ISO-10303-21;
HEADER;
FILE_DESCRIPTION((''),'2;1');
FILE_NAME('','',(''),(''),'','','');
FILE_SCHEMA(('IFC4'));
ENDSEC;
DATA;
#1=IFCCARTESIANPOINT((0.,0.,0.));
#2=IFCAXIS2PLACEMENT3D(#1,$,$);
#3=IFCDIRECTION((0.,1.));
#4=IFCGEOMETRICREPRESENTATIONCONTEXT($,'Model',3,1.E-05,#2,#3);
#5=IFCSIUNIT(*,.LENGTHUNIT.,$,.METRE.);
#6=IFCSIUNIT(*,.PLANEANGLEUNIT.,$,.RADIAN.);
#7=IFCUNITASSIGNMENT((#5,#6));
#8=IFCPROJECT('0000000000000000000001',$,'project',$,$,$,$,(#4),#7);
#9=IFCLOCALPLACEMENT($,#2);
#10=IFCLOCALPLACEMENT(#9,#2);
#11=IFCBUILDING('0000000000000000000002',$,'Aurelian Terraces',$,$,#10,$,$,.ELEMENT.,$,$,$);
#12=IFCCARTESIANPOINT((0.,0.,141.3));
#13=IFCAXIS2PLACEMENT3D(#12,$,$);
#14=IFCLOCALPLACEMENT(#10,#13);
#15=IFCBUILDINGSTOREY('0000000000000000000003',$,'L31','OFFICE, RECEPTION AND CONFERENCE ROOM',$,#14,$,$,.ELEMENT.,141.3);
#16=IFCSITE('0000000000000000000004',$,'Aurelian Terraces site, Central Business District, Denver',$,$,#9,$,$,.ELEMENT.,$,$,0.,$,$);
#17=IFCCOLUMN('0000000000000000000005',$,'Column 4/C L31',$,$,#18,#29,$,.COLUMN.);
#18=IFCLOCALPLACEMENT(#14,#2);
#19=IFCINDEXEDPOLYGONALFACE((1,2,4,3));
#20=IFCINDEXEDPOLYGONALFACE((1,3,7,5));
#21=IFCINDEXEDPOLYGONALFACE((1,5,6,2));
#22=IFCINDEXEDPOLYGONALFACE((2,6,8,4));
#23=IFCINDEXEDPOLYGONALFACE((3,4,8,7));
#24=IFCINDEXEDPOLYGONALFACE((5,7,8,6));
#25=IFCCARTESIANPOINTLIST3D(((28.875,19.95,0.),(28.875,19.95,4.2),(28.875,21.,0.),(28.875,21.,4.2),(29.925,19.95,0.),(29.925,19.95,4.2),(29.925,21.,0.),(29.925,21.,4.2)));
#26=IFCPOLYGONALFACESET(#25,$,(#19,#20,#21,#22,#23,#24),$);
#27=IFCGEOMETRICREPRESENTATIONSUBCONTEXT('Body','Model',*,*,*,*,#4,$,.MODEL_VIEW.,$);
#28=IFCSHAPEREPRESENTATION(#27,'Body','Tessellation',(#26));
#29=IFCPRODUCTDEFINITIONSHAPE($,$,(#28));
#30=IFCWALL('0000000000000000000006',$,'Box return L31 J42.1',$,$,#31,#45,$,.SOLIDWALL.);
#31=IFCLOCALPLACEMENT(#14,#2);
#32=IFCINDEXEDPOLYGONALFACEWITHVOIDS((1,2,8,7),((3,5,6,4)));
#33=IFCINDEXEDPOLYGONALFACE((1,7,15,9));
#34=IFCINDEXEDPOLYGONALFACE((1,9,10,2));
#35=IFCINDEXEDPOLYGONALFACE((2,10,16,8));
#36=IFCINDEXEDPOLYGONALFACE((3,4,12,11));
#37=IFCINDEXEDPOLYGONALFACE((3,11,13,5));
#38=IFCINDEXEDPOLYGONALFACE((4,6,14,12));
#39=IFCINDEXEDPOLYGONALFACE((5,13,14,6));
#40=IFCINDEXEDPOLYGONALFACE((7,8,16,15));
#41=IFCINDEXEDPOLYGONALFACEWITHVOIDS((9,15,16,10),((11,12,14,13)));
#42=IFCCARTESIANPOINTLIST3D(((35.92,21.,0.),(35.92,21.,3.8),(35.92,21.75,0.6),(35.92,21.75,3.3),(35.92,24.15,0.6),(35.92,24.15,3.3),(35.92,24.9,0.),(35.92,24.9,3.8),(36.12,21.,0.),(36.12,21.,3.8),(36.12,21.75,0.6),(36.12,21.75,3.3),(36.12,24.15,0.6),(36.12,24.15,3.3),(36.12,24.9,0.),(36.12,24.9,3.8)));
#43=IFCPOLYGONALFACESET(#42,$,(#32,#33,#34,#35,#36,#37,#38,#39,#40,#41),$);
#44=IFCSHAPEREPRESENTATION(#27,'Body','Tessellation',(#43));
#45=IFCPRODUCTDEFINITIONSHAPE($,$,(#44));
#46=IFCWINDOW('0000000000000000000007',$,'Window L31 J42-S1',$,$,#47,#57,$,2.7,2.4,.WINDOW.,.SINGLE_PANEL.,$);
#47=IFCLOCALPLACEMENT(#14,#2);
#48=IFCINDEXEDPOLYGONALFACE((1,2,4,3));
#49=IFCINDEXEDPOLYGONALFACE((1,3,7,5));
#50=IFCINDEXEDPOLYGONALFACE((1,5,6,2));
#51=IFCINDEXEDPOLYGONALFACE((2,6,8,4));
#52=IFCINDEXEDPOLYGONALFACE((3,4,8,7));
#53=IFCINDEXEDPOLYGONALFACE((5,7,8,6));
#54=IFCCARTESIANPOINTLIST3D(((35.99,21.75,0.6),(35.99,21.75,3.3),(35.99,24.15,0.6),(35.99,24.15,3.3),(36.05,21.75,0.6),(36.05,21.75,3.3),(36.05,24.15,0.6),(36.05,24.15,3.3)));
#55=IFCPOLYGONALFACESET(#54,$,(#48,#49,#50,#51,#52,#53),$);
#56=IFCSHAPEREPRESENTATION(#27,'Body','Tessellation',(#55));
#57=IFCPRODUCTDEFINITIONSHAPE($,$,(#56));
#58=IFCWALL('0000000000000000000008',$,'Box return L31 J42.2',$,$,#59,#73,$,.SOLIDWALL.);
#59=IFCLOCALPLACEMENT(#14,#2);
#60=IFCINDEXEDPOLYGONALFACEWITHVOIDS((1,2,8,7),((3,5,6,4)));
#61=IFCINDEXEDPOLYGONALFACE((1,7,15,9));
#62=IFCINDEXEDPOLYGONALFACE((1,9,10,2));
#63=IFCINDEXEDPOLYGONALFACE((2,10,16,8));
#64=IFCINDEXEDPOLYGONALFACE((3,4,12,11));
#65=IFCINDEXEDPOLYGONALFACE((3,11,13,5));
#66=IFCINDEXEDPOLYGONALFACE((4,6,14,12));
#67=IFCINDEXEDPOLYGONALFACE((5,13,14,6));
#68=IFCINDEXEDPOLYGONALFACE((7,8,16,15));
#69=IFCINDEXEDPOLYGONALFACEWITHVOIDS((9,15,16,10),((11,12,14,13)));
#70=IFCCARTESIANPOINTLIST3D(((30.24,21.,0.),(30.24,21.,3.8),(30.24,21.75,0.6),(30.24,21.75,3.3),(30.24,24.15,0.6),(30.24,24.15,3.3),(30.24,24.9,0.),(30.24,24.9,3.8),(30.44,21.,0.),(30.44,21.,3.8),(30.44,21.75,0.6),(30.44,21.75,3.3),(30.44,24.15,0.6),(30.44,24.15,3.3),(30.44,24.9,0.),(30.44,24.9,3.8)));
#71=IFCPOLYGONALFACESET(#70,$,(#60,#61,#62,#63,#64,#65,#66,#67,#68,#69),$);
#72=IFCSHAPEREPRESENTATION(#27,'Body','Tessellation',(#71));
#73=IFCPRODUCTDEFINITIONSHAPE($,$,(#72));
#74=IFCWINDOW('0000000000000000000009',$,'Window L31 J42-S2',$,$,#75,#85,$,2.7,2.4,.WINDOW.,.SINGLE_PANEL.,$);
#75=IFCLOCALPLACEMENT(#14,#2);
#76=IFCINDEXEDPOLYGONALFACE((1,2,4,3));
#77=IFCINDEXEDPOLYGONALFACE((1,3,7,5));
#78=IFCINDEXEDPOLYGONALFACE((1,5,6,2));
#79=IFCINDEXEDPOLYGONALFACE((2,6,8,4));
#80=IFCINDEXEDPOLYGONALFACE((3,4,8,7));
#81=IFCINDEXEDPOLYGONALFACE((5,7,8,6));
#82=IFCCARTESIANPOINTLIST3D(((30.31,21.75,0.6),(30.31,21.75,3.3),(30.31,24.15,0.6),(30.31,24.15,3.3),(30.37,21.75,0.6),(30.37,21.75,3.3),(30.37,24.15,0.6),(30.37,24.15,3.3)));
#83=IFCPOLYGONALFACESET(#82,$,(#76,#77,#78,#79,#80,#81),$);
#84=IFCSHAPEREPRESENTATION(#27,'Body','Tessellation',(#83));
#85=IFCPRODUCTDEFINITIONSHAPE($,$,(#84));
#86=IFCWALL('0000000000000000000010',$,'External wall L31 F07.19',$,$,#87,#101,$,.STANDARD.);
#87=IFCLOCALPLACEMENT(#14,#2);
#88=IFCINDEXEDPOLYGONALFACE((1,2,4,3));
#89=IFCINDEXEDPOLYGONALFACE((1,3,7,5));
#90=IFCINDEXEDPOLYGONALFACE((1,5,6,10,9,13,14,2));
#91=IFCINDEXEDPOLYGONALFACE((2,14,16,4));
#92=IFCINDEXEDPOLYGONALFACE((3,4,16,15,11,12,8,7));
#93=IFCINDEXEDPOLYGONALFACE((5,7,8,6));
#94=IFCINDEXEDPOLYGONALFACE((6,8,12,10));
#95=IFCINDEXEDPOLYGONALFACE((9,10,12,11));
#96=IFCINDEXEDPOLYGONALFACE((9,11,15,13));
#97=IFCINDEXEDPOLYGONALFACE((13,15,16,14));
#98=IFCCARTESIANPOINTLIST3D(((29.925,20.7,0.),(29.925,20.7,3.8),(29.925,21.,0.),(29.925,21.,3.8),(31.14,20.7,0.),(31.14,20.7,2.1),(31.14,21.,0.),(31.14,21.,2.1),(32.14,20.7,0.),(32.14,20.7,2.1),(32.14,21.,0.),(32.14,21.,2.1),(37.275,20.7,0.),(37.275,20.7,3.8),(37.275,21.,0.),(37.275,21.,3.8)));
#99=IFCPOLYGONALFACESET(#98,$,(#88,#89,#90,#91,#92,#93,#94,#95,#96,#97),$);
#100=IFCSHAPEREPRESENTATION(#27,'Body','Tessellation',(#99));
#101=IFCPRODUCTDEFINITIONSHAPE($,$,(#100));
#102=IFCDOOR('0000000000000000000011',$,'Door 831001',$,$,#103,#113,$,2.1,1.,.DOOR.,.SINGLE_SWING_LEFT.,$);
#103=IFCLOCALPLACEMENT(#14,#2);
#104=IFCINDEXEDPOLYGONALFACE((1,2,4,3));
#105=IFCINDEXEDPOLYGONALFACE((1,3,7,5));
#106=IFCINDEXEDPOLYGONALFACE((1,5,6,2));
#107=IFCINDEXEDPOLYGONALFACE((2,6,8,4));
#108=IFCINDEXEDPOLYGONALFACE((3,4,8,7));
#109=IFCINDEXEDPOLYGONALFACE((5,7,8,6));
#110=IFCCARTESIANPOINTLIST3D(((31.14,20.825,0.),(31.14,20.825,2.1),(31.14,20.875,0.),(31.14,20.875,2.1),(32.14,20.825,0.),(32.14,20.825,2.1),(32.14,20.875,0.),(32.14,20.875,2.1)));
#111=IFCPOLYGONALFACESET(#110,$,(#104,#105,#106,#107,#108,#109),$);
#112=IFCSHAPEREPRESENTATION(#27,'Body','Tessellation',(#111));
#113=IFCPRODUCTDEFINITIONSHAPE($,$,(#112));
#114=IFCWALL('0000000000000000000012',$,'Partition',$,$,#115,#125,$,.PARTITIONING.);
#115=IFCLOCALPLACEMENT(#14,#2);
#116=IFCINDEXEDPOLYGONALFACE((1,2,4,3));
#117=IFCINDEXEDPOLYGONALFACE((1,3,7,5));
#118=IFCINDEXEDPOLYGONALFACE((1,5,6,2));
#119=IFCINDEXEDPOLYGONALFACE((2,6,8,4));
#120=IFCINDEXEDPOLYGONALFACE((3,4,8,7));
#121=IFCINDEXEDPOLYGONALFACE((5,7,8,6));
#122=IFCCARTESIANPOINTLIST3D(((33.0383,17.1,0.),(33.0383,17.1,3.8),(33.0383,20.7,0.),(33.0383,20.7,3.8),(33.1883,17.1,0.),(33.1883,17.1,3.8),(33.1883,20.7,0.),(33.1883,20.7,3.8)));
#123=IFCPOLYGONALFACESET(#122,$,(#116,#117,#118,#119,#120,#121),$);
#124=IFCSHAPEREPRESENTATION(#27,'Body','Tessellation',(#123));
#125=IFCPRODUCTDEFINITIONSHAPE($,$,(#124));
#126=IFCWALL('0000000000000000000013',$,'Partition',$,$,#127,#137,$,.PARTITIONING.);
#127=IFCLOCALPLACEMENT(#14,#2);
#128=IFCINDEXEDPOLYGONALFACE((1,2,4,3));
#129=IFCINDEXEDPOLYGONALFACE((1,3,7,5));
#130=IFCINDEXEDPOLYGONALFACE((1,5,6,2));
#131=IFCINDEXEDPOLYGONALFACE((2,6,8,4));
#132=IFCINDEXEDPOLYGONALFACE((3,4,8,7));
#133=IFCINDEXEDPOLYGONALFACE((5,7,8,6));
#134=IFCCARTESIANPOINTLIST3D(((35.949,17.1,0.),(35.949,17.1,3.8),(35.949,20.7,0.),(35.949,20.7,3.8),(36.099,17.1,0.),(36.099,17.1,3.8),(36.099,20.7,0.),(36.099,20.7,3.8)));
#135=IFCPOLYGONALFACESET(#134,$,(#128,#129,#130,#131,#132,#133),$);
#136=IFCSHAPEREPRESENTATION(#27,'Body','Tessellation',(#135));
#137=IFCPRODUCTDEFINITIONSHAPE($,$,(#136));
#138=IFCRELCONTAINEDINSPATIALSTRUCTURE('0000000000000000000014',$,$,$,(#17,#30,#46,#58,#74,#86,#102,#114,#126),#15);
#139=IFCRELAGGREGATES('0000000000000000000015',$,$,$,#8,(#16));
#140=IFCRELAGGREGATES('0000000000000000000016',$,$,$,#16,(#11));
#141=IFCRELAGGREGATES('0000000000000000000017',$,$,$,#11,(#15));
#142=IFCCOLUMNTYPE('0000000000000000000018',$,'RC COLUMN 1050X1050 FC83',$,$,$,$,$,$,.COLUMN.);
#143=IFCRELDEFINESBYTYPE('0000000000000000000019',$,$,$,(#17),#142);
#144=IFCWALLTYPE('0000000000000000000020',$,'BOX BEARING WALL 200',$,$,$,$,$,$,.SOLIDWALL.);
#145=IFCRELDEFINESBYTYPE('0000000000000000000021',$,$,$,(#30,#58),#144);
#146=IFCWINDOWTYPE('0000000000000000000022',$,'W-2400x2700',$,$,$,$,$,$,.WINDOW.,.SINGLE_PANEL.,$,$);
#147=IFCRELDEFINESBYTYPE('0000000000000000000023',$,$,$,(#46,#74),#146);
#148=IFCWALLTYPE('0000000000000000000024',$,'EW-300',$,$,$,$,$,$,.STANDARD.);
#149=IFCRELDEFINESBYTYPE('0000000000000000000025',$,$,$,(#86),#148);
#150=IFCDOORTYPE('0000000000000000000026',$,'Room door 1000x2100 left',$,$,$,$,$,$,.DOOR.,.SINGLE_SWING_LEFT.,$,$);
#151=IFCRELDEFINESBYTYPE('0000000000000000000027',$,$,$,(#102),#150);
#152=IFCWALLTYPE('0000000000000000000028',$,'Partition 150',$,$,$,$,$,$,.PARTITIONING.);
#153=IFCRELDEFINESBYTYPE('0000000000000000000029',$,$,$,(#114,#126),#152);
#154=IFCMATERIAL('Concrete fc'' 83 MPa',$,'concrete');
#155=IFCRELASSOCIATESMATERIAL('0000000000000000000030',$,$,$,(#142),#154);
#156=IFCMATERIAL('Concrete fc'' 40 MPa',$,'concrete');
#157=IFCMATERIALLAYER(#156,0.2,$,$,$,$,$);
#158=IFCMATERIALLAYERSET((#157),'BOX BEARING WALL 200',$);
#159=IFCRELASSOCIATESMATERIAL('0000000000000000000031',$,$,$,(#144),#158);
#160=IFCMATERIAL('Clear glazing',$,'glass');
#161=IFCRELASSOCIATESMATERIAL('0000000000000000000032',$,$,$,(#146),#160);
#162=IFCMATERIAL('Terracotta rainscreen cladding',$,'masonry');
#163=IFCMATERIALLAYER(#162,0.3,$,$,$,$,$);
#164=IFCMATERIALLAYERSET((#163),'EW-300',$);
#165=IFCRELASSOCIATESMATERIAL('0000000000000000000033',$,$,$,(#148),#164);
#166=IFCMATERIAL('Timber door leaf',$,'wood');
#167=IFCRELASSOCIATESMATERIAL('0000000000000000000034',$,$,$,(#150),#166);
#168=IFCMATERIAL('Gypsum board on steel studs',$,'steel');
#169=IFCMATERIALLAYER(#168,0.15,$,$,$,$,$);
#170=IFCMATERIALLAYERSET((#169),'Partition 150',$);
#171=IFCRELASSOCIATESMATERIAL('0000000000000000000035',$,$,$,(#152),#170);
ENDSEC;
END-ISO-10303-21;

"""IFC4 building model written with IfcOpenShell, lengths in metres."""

from ifc_helpers import new_model, si_unit, direction, frame, frame_2d, origin, origin_2d, place, context, subcontext, project, spatial, rectangle, extrude, source, transform, mapped, material, layer, layer_set, material_profile, profile_set, type_object, element, fill, save


model = new_model("IFC4")

# Units and contexts
model_context = context("Model", 3, precision=1e-05, world=origin(), true_north=direction((0.0, 1.0)))
body_context = subcontext(model_context, "Body", "Model", "MODEL_VIEW")
ifc_project = project(units=[si_unit("LENGTHUNIT", "METRE"), si_unit("PLANEANGLEUNIT", "RADIAN")], contexts=[model_context])

# Site, building, storey
site_placement = place(None, origin())
site = spatial("IfcSite", under=ifc_project, at=site_placement, Name="Aurelian Terraces site, Central Business District, Denver", CompositionType="ELEMENT", RefElevation=0.0)
building_placement = place(site_placement, origin())
building = spatial("IfcBuilding", under=site, at=building_placement, Name="Aurelian Terraces", CompositionType="ELEMENT")
storey_placement = place(building_placement, frame((0.0, 0.0, 141.3)))
storey = spatial("IfcBuildingStorey", under=building, at=storey_placement, Name="L31", Description="OFFICE, RECEPTION AND CONFERENCE ROOM", CompositionType="ELEMENT", Elevation=141.3)

# Column
ifc_material_1 = material(Name="Concrete fc' 83 MPa", Category="concrete")
ifc_material_profile = material_profile(ifc_material_1, rectangle(XDim=1.05, YDim=1.05, at=origin_2d()))
ifc_profile_set = profile_set([ifc_material_profile], Name="Concrete fc' 83 MPa")
column_type = type_object("IfcColumnType", Name="RC COLUMN 1050X1050 FC83", PredefinedType="COLUMN", material=ifc_profile_set)
shared_shape_1 = source(origin(), body_context, "Body", "SweptSolid", [
    extrude(rectangle(XDim=1.05, YDim=1.05, at=origin_2d()), origin(), (0.0, 0.0, 1.0), 4.2),
])
column_placement = place(storey_placement, frame((29.4, 20.475, 0.0), z_axis=(0.0, 0.0, 1.0), x_axis=(1.0, 0.0, 0.0)))
element("IfcColumn", 1, at=column_placement, inside=storey, type_object=column_type, Name="Column 4/C L31", PredefinedType="COLUMN", context=body_context, shape_type="MappedRepresentation", body=[
    mapped(shared_shape_1, transform((0.0, 0.0, 0.0), scale=1.0)),
])

# Walls, openings, windows
ifc_material_2 = material(Name="Concrete fc' 40 MPa", Category="concrete")
ifc_layer_1 = layer(ifc_material_2, 0.2)
ifc_layer_set_1 = layer_set([ifc_layer_1], Name="BOX BEARING WALL 200")
wall_type_1 = type_object("IfcWallType", Name="BOX BEARING WALL 200", PredefinedType="SOLIDWALL", material=ifc_layer_set_1)
shared_shape_2 = source(origin(), body_context, "Body", "SweptSolid", [
    extrude(rectangle(XDim=3.9, YDim=0.2, at=frame_2d((1.95, 0.0))), origin(), (0.0, 0.0, 1.0), 3.8),
])
wall_1_placement = place(storey_placement, frame((36.02, 21.0, 0.0), z_axis=(0.0, 0.0, 1.0), x_axis=(0.0, 1.0, 0.0)))
wall_1 = element("IfcWall", 2, at=wall_1_placement, inside=storey, type_object=wall_type_1, Name="Box return L31 J42.1", PredefinedType="SOLIDWALL", context=body_context, shape_type="MappedRepresentation", body=[
    mapped(shared_shape_2, transform((0.0, 0.0, 0.0), scale=1.0)),
])
shared_shape_3 = source(origin(), body_context, "Body", "SweptSolid", [
    extrude(rectangle(XDim=2.4, YDim=2.7, at=frame_2d((1.2, 1.35))), frame((0.0, 0.11, 0.0), z_axis=(0.0, -1.0, 0.0), x_axis=(1.0, 0.0, 0.0)), (0.0, 0.0, 1.0), 0.22),
])
opening_1_placement = place(wall_1_placement, frame((0.75, 0.0, 0.6)))
opening_1 = element("IfcOpeningElement", 3, at=opening_1_placement, cuts=wall_1, PredefinedType="OPENING", context=body_context, shape_type="MappedRepresentation", body=[
    mapped(shared_shape_3, transform((0.0, 0.0, 0.0), scale=1.0)),
])
ifc_material_3 = material(Name="Clear glazing", Category="glass")
window_type = type_object("IfcWindowType", Name="W-2400x2700", PartitioningType="SINGLE_PANEL", PredefinedType="WINDOW", material=ifc_material_3)
shared_shape_4 = source(origin(), body_context, "Body", "SweptSolid", [
    extrude(rectangle(XDim=2.4, YDim=2.7, at=frame_2d((1.2, 1.35))), frame((0.0, 0.03, 0.0), z_axis=(0.0, -1.0, 0.0), x_axis=(1.0, 0.0, 0.0)), (0.0, 0.0, 1.0), 0.06),
])
window_1_placement = place(opening_1_placement, origin())
window_1 = element("IfcWindow", 4, at=window_1_placement, inside=storey, type_object=window_type, Name="Window L31 J42-S1", OverallHeight=2.7, OverallWidth=2.4, PartitioningType="SINGLE_PANEL", PredefinedType="WINDOW", context=body_context, shape_type="MappedRepresentation", body=[
    mapped(shared_shape_4, transform((0.0, 0.0, 0.0), scale=1.0)),
])
fill(opening_1, window_1)
wall_2_placement = place(storey_placement, frame((30.34, 21.0, 0.0), z_axis=(0.0, 0.0, 1.0), x_axis=(0.0, 1.0, 0.0)))
wall_2 = element("IfcWall", 5, at=wall_2_placement, inside=storey, type_object=wall_type_1, Name="Box return L31 J42.2", PredefinedType="SOLIDWALL", context=body_context, shape_type="MappedRepresentation", body=[
    mapped(shared_shape_2, transform((0.0, 0.0, 0.0), scale=1.0)),
])
opening_2_placement = place(wall_2_placement, frame((0.75, 0.0, 0.6)))
opening_2 = element("IfcOpeningElement", 6, at=opening_2_placement, cuts=wall_2, PredefinedType="OPENING", context=body_context, shape_type="MappedRepresentation", body=[
    mapped(shared_shape_3, transform((0.0, 0.0, 0.0), scale=1.0)),
])
window_2_placement = place(opening_2_placement, origin())
window_2 = element("IfcWindow", 7, at=window_2_placement, inside=storey, type_object=window_type, Name="Window L31 J42-S2", OverallHeight=2.7, OverallWidth=2.4, PartitioningType="SINGLE_PANEL", PredefinedType="WINDOW", context=body_context, shape_type="MappedRepresentation", body=[
    mapped(shared_shape_4, transform((0.0, 0.0, 0.0), scale=1.0)),
])
fill(opening_2, window_2)

# Wall, opening, door
ifc_material_4 = material(Name="Terracotta rainscreen cladding", Category="masonry")
ifc_layer_2 = layer(ifc_material_4, 0.3)
ifc_layer_set_2 = layer_set([ifc_layer_2], Name="EW-300")
wall_type_2 = type_object("IfcWallType", Name="EW-300", PredefinedType="STANDARD", material=ifc_layer_set_2)
shared_shape_5 = source(origin(), body_context, "Body", "SweptSolid", [
    extrude(rectangle(XDim=7.35, YDim=0.3, at=frame_2d((3.675, 0.0))), origin(), (0.0, 0.0, 1.0), 3.8),
])
wall_3_placement = place(storey_placement, frame((37.275, 20.85, 0.0), z_axis=(0.0, 0.0, 1.0), x_axis=(-1.0, 0.0, 0.0)))
wall_3 = element("IfcWall", 8, at=wall_3_placement, inside=storey, type_object=wall_type_2, Name="External wall L31 F07.19", PredefinedType="STANDARD", context=body_context, shape_type="MappedRepresentation", body=[
    mapped(shared_shape_5, transform((0.0, 0.0, 0.0), scale=1.0)),
])
shared_shape_6 = source(origin(), body_context, "Body", "SweptSolid", [
    extrude(rectangle(XDim=1.0, YDim=2.1, at=frame_2d((0.5, 1.05))), frame((0.0, 0.16, 0.0), z_axis=(0.0, -1.0, 0.0), x_axis=(1.0, 0.0, 0.0)), (0.0, 0.0, 1.0), 0.32),
])
opening_3_placement = place(wall_3_placement, frame((5.135, 0.0, 0.0)))
opening_3 = element("IfcOpeningElement", 9, at=opening_3_placement, cuts=wall_3, PredefinedType="OPENING", context=body_context, shape_type="MappedRepresentation", body=[
    mapped(shared_shape_6, transform((0.0, 0.0, 0.0), scale=1.0)),
])
ifc_material_5 = material(Name="Timber door leaf", Category="wood")
door_type_1 = type_object("IfcDoorType", Name="Room door 1000x2100 left", OperationType="SINGLE_SWING_LEFT", PredefinedType="DOOR", material=ifc_material_5)
shared_shape_7 = source(origin(), body_context, "Body", "SweptSolid", [
    extrude(rectangle(XDim=1.0, YDim=2.1, at=frame_2d((0.5, 1.05))), frame((0.0, 0.025, 0.0), z_axis=(0.0, -1.0, 0.0), x_axis=(1.0, 0.0, 0.0)), (0.0, 0.0, 1.0), 0.05),
])
door_1_placement = place(opening_3_placement, origin())
door_1 = element("IfcDoor", 10, at=door_1_placement, inside=storey, type_object=door_type_1, Name="Door 831001", OperationType="SINGLE_SWING_LEFT", OverallHeight=2.1, OverallWidth=1.0, PredefinedType="DOOR", context=body_context, shape_type="MappedRepresentation", body=[
    mapped(shared_shape_7, transform((0.0, 0.0, 0.0), scale=1.0)),
])
fill(opening_3, door_1)

# Walls
ifc_material_6 = material(Name="Gypsum board on steel studs", Category="steel")
ifc_layer_3 = layer(ifc_material_6, 0.15)
ifc_layer_set_3 = layer_set([ifc_layer_3], Name="Partition 150")
wall_type_3 = type_object("IfcWallType", Name="Partition 150", PredefinedType="PARTITIONING", material=ifc_layer_set_3)
shared_shape_8 = source(origin(), body_context, "Body", "SweptSolid", [
    extrude(rectangle(XDim=3.6, YDim=0.15, at=frame_2d((1.8, 0.0))), origin(), (0.0, 0.0, 1.0), 3.8),
])
for number, where, z_axis, x_axis, name in (
    (11, (33.1133, 20.7, 0.0), (0.0, 0.0, 1.0), (0.0, -1.0, 0.0), "Partition"),
    (12, (36.024, 20.7, 0.0), (0.0, 0.0, 1.0), (0.0, -1.0, 0.0), "Partition"),
):
    element("IfcWall", number, at=place(storey_placement, frame(where, z_axis=z_axis, x_axis=x_axis)), inside=storey, type_object=wall_type_3, Name=name, PredefinedType="PARTITIONING", context=body_context, shape_type="MappedRepresentation", body=[
        mapped(shared_shape_8, transform((0.0, 0.0, 0.0), scale=1.0)),
    ])

save(model, "model.ifc")
